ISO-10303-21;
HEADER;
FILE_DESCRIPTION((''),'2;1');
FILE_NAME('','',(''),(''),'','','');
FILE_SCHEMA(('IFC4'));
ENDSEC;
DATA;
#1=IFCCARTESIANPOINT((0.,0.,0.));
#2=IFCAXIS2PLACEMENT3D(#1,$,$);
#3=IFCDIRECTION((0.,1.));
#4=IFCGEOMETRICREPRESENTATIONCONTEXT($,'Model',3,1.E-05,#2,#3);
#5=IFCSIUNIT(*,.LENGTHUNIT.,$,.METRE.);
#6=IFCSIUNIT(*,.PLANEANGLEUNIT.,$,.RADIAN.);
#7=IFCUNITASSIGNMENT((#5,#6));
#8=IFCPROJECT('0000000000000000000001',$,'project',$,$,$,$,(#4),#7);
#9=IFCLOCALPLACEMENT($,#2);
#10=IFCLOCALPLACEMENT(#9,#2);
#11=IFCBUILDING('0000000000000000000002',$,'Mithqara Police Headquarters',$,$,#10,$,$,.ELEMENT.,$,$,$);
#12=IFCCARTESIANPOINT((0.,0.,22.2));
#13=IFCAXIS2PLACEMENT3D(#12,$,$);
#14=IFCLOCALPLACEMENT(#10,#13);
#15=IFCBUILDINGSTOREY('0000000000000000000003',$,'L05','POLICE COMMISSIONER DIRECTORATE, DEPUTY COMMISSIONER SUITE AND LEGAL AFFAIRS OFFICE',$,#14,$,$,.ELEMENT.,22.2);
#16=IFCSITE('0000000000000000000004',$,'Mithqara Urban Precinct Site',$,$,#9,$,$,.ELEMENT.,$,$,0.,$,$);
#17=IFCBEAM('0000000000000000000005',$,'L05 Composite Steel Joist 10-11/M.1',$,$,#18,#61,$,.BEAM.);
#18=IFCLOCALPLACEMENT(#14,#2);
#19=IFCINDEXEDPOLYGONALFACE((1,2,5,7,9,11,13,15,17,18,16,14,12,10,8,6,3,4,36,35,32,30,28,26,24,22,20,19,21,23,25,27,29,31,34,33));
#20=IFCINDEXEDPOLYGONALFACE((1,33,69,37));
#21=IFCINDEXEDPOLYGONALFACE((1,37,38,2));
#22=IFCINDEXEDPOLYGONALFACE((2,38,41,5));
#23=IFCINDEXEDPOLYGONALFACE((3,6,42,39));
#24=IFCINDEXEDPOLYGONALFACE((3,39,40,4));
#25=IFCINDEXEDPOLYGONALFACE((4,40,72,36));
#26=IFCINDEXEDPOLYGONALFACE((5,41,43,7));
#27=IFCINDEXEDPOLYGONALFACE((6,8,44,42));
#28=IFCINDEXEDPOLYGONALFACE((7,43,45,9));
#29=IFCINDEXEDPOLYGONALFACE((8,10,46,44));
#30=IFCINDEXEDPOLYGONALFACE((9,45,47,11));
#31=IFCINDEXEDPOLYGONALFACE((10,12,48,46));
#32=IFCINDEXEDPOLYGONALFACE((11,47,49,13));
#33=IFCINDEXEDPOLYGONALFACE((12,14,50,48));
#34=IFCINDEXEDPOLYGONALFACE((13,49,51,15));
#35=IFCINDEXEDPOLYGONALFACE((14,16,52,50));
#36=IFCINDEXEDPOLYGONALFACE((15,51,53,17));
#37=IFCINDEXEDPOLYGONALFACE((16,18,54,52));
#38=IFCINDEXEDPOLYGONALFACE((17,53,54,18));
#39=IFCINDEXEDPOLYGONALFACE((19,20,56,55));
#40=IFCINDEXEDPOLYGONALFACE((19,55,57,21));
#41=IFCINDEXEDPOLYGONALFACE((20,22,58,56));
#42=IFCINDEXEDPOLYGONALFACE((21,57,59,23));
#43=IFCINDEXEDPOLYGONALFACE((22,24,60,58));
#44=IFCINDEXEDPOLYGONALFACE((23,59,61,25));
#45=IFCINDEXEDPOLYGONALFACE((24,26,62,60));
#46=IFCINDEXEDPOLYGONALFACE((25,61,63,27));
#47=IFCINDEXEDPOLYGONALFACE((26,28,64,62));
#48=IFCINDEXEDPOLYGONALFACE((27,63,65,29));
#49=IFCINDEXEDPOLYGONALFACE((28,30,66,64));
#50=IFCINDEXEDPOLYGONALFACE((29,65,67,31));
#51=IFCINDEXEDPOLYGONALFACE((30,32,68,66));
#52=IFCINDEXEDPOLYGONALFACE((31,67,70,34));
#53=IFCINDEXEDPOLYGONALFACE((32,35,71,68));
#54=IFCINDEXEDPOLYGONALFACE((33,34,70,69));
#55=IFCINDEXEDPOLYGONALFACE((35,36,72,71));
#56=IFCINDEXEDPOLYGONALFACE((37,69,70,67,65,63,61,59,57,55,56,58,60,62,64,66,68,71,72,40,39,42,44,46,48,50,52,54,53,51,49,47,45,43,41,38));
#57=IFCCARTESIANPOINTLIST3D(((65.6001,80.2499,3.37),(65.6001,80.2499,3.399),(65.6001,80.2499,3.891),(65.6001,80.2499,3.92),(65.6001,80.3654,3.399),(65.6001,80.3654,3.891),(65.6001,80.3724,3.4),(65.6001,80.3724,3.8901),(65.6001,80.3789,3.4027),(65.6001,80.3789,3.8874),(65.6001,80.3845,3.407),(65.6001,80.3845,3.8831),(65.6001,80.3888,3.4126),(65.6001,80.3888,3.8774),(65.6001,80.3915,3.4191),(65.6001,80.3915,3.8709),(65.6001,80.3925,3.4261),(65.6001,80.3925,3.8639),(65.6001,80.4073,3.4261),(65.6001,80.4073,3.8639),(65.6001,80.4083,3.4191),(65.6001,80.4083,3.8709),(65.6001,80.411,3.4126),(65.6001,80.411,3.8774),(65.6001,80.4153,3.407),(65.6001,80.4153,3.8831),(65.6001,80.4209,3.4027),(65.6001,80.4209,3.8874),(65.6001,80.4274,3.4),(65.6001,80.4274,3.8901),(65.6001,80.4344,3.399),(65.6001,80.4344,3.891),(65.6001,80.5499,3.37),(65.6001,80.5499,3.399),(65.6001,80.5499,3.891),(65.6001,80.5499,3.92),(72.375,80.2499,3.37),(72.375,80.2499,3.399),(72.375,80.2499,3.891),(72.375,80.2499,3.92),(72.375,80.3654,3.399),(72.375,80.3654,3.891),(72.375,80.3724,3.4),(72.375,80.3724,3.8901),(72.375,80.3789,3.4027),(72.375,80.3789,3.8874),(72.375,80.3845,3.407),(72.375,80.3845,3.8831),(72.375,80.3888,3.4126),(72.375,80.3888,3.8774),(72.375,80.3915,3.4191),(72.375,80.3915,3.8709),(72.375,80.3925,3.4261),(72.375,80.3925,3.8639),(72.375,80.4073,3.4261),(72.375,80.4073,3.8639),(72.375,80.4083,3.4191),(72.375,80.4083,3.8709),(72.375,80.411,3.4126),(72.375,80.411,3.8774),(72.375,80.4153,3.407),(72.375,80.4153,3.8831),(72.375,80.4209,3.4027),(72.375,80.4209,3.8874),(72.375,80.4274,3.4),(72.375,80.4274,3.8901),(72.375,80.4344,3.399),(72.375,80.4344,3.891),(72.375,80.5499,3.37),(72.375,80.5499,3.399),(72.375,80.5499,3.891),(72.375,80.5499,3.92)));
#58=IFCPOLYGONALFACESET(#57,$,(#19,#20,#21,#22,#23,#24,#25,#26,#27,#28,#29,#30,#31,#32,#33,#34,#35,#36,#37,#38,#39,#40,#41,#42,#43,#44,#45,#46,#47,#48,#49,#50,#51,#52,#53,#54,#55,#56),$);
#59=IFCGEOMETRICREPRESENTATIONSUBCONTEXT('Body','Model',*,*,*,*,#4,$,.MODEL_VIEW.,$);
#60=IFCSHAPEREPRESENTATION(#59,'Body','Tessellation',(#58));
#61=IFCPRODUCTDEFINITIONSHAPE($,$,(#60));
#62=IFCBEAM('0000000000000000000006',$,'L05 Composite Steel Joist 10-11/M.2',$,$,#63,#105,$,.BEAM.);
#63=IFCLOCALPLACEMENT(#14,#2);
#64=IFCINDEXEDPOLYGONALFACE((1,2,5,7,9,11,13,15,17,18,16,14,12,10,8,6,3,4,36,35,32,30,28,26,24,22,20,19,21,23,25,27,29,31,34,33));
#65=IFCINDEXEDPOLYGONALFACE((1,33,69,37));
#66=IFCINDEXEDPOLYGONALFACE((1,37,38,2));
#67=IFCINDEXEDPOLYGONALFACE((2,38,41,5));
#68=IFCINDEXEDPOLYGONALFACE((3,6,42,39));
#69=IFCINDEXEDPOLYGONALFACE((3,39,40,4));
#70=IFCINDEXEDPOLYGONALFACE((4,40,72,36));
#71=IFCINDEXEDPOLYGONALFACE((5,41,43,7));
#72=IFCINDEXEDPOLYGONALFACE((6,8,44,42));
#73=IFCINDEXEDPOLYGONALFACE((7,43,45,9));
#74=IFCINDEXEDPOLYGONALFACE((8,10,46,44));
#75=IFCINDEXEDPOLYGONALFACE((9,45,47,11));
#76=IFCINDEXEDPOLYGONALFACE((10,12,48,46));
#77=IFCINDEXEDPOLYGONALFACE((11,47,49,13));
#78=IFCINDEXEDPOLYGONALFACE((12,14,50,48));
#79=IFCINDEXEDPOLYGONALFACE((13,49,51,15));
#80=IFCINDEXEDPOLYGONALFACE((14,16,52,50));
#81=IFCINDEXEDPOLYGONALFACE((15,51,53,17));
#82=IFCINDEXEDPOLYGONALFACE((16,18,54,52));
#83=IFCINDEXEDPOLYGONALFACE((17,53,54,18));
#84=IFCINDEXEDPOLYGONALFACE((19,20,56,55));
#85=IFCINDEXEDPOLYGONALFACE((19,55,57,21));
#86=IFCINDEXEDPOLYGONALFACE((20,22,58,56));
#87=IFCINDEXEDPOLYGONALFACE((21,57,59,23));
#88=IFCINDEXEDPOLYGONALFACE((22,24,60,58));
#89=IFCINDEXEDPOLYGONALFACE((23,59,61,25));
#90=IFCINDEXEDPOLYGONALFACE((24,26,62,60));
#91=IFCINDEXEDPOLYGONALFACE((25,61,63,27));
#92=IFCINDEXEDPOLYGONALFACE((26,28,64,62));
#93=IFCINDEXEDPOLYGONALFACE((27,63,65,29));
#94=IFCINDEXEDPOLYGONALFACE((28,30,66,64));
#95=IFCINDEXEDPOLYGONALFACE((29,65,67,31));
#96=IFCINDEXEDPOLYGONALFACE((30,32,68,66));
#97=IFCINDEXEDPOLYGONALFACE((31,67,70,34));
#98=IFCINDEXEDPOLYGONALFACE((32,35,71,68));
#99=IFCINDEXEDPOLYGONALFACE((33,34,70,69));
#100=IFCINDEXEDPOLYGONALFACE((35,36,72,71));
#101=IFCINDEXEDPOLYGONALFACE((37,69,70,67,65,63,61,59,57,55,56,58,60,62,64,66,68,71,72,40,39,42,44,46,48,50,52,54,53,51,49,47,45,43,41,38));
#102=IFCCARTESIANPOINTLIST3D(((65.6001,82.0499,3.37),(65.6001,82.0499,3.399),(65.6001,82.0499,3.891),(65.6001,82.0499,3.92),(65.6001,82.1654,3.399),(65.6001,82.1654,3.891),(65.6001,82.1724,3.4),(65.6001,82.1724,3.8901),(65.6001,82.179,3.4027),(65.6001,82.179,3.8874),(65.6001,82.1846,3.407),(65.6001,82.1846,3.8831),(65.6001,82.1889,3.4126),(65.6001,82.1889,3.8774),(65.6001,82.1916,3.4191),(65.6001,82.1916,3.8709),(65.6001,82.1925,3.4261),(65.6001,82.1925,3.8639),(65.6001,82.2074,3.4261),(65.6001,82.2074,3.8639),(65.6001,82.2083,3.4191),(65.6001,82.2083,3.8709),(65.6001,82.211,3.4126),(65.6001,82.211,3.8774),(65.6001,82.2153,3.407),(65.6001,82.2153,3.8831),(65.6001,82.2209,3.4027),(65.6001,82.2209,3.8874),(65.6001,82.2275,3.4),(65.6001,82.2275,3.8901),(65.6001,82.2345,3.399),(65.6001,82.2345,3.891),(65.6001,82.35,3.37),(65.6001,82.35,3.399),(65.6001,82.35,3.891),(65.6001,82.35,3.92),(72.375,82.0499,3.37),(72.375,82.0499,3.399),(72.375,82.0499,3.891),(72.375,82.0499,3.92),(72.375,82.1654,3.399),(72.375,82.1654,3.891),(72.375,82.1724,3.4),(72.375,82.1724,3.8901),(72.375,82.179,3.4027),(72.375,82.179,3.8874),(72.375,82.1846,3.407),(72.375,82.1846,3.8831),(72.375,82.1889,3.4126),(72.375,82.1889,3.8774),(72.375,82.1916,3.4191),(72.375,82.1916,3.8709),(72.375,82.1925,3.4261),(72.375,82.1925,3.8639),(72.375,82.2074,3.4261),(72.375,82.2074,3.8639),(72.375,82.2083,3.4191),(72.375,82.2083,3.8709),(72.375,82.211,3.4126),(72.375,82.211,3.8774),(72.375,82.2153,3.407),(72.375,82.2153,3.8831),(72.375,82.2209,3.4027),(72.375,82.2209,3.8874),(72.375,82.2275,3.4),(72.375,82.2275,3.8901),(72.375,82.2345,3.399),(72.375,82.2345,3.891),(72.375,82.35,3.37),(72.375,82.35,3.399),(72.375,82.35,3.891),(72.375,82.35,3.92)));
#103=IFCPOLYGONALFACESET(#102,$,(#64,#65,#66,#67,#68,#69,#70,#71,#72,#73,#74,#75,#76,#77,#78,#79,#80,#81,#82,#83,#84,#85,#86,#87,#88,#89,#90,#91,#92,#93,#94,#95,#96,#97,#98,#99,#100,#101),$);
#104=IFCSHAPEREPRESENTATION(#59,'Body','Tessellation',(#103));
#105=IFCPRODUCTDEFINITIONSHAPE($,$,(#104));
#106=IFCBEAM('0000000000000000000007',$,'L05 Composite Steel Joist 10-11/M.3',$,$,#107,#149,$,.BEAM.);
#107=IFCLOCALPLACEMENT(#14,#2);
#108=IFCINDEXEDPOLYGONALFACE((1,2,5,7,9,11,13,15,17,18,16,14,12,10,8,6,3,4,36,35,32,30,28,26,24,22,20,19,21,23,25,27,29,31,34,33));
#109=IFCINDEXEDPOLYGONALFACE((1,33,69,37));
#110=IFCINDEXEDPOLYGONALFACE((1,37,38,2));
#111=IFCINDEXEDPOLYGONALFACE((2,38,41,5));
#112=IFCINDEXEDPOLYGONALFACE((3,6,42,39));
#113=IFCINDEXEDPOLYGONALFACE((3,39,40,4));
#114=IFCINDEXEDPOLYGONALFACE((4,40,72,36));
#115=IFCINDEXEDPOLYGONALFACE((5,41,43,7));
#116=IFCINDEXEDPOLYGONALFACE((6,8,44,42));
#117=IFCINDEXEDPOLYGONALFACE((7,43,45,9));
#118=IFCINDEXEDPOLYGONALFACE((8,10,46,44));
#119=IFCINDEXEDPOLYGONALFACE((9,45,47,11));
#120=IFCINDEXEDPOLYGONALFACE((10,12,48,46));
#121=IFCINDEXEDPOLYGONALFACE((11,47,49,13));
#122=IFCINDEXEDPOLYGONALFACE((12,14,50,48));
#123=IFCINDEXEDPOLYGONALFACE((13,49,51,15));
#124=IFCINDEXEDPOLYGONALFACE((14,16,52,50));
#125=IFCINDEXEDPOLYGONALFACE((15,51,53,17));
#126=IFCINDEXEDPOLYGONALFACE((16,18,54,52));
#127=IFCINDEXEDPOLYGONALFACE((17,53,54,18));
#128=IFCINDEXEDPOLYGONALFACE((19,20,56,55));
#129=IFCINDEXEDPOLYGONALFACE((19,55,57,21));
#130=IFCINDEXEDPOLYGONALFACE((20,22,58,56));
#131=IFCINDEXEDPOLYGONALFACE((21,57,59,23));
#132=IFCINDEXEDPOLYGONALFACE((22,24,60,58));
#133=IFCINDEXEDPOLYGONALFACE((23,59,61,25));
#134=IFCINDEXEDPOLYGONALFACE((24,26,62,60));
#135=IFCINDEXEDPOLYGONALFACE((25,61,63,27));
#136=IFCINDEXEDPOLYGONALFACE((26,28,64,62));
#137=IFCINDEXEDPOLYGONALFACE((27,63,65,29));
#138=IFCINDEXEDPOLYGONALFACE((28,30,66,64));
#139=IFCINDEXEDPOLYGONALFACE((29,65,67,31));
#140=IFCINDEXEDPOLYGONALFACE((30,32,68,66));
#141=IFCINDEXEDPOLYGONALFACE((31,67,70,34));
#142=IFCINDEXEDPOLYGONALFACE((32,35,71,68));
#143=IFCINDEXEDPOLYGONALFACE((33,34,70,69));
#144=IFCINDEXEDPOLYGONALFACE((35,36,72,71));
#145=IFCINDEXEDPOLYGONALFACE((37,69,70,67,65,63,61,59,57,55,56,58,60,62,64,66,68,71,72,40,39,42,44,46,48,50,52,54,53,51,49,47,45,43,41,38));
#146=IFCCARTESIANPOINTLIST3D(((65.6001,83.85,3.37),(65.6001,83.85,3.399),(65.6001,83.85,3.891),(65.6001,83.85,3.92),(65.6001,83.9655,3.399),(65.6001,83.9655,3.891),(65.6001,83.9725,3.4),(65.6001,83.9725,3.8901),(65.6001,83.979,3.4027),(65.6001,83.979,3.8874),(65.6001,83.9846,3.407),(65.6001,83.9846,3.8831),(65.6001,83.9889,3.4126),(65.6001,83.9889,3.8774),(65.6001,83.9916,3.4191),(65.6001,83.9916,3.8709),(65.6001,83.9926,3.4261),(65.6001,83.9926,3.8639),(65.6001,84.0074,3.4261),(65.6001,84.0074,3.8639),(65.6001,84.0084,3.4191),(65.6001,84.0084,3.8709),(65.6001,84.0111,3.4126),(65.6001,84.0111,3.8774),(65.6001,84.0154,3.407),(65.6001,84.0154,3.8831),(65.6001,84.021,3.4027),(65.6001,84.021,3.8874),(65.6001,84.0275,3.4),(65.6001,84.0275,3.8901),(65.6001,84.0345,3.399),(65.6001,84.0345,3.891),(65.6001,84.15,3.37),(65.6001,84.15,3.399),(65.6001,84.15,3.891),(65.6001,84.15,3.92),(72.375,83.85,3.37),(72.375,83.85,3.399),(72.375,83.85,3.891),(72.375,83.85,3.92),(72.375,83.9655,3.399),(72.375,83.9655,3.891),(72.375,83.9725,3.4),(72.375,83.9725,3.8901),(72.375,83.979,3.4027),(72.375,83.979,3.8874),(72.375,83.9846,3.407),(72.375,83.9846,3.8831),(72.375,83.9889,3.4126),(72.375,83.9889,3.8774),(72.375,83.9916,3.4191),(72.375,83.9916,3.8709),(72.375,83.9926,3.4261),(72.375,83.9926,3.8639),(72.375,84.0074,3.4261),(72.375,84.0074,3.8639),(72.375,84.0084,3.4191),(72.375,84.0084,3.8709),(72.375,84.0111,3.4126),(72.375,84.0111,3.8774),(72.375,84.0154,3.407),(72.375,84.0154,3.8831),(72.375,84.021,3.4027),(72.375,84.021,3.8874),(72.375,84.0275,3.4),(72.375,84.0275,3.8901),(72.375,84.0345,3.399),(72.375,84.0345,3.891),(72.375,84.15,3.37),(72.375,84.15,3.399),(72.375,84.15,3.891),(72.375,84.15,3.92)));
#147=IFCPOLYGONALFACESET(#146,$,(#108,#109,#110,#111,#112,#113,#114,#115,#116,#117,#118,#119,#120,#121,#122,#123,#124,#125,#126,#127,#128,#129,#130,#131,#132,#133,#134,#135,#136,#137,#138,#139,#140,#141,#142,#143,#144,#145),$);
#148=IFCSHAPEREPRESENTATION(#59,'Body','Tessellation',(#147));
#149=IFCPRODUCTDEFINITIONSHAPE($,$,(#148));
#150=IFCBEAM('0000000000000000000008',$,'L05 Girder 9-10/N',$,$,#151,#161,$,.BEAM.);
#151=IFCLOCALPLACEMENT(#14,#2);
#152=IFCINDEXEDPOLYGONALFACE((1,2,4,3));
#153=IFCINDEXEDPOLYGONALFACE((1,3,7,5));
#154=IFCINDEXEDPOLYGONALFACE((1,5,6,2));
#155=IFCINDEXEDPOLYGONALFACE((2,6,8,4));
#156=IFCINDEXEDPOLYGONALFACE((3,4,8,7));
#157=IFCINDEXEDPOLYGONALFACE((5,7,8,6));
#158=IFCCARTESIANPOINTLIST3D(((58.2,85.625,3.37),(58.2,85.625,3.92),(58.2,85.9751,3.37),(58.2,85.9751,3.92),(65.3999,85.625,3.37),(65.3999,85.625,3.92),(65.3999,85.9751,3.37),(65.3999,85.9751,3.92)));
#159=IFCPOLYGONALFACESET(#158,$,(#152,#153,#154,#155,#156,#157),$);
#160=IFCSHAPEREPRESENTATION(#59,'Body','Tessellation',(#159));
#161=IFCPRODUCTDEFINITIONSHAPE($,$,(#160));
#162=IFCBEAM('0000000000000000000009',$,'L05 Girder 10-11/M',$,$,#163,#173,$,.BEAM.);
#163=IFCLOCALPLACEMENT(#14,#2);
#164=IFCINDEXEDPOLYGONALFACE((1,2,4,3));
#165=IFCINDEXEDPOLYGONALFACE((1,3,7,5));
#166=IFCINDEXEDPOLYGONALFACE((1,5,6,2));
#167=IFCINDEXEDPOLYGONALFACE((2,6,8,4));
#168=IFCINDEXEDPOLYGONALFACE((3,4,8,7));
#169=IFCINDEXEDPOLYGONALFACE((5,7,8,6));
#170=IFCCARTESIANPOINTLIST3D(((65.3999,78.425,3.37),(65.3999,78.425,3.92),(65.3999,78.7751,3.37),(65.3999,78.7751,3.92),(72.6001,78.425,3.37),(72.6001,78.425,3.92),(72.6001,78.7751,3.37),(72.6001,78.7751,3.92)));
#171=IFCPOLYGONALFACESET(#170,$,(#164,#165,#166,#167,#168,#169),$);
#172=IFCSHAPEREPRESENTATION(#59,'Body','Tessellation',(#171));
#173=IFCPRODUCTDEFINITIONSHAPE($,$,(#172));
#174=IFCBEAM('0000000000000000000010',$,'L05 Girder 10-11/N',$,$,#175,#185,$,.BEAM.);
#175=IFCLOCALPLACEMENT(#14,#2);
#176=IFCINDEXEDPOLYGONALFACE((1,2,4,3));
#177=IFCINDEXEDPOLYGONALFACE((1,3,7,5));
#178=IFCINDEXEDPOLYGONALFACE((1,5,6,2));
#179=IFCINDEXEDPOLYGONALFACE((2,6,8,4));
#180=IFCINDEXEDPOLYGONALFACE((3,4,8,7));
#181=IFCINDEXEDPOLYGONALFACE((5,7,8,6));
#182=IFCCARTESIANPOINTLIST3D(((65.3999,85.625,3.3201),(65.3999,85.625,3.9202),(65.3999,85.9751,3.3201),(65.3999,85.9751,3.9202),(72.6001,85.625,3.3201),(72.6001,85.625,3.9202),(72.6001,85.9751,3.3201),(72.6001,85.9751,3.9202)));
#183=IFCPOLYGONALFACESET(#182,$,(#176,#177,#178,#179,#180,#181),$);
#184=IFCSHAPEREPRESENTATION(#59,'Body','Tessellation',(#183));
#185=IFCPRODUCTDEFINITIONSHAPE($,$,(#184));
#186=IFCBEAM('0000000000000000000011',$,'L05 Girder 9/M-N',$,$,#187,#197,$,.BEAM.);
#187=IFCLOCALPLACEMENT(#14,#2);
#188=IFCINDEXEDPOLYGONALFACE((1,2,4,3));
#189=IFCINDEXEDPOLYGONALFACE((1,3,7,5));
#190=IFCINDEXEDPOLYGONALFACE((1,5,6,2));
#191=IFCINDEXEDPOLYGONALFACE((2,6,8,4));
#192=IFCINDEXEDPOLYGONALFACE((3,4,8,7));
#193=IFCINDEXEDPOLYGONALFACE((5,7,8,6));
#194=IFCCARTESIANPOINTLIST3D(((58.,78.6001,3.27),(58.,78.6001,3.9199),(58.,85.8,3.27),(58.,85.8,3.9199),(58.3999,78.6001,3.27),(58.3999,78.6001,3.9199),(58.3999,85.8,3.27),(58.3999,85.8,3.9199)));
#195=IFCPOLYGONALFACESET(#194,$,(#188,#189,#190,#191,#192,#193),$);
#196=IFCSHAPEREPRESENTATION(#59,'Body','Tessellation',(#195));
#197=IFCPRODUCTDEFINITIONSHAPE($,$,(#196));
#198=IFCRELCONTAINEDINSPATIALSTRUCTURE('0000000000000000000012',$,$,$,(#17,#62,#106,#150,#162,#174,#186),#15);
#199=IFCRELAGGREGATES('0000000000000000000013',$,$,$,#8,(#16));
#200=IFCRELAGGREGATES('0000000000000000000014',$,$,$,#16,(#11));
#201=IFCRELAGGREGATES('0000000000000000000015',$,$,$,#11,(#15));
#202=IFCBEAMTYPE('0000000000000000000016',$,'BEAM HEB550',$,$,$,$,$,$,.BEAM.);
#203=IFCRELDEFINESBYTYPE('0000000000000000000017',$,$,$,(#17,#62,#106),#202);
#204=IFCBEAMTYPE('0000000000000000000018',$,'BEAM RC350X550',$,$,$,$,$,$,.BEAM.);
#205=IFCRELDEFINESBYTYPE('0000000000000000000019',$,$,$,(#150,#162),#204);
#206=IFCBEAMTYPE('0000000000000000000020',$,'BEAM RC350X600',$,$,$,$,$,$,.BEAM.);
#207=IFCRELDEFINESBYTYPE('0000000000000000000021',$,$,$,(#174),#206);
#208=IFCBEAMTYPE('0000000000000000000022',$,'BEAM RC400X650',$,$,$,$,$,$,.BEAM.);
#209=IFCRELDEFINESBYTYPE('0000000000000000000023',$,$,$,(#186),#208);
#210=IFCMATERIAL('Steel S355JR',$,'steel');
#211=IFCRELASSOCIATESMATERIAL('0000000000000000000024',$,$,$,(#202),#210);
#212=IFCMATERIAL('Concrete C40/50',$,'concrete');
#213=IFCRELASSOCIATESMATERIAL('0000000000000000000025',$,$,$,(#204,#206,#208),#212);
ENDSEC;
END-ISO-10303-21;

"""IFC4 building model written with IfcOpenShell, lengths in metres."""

from ifc_helpers import new_model, si_unit, direction, frame, origin, origin_2d, place, context, subcontext, project, spatial, rectangle, i_section, extrude, material, material_profile, profile_set, type_object, element, save


model = new_model("IFC4")

# Units and contexts
model_context = context("Model", 3, precision=1e-05, world=origin(), true_north=direction((0.0, 1.0)))
body_context = subcontext(model_context, "Body", "Model", "MODEL_VIEW")
ifc_project = project(units=[si_unit("LENGTHUNIT", "METRE"), si_unit("PLANEANGLEUNIT", "RADIAN")], contexts=[model_context])

# Site, building, storey
site_placement = place(None, origin())
site = spatial("IfcSite", under=ifc_project, at=site_placement, Name="Mithqara Urban Precinct Site", CompositionType="ELEMENT", RefElevation=0.0)
building_placement = place(site_placement, origin())
building = spatial("IfcBuilding", under=site, at=building_placement, Name="Mithqara Police Headquarters", CompositionType="ELEMENT")
storey_placement = place(building_placement, frame((0.0, 0.0, 22.2)))
storey = spatial("IfcBuildingStorey", under=building, at=storey_placement, Name="L05", Description="POLICE COMMISSIONER DIRECTORATE, DEPUTY COMMISSIONER SUITE AND LEGAL AFFAIRS OFFICE", CompositionType="ELEMENT", Elevation=22.2)

# Beams
ifc_material_1 = material(Name="Steel S355JR", Category="steel")
ifc_material_profile_1 = material_profile(ifc_material_1, i_section(OverallWidth=0.3, OverallDepth=0.55, WebThickness=0.0149, FlangeThickness=0.0291, FilletRadius=0.0271, at=origin_2d()), Name="HEB 550")
ifc_profile_set_1 = profile_set([ifc_material_profile_1], Name="Steel S355JR")
beam_type_1 = type_object("IfcBeamType", Name="BEAM HEB550", PredefinedType="BEAM", material=ifc_profile_set_1)
for number, where, z_axis, x_axis, name in (
    (1, (65.6001, 80.3999, 3.645), (1.0, 0.0, 0.0), (0.0, 1.0, 0.0), "L05 Composite Steel Joist 10-11/M.1"),
    (2, (65.6001, 82.2, 3.645), (1.0, 0.0, 0.0), (0.0, 1.0, 0.0), "L05 Composite Steel Joist 10-11/M.2"),
    (3, (65.6001, 84.0, 3.645), (1.0, 0.0, 0.0), (0.0, 1.0, 0.0), "L05 Composite Steel Joist 10-11/M.3"),
):
    element("IfcBeam", number, at=place(storey_placement, frame(where, z_axis=z_axis, x_axis=x_axis)), inside=storey, type_object=beam_type_1, Name=name, PredefinedType="BEAM", context=body_context, shape_type="SweptSolid", body=[
        extrude(i_section(OverallWidth=0.3, OverallDepth=0.55, WebThickness=0.0149, FlangeThickness=0.0291, FilletRadius=0.0271, at=origin_2d()), origin(), (0.0, 0.0, 1.0), 6.7749),
    ])
ifc_material_2 = material(Name="Concrete C40/50", Category="concrete")
ifc_material_profile_2 = material_profile(ifc_material_2, rectangle(XDim=0.3501, YDim=0.55, at=origin_2d()), Name="RC 350x550")
ifc_profile_set_2 = profile_set([ifc_material_profile_2], Name="Concrete C40/50")
beam_type_2 = type_object("IfcBeamType", Name="BEAM RC350X550", PredefinedType="BEAM", material=ifc_profile_set_2)
beam_1_placement = place(storey_placement, frame((58.2, 85.8, 3.645), z_axis=(1.0, 0.0, 0.0), x_axis=(0.0, 1.0, 0.0)))
element("IfcBeam", 4, at=beam_1_placement, inside=storey, type_object=beam_type_2, Name="L05 Girder 9-10/N", PredefinedType="BEAM", context=body_context, shape_type="SweptSolid", body=[
    extrude(rectangle(XDim=0.3501, YDim=0.55, at=origin_2d()), origin(), (0.0, 0.0, 1.0), 7.2),
])
beam_2_placement = place(storey_placement, frame((65.3999, 78.6001, 3.645), z_axis=(1.0, 0.0, 0.0), x_axis=(0.0, 1.0, 0.0)))
element("IfcBeam", 5, at=beam_2_placement, inside=storey, type_object=beam_type_2, Name="L05 Girder 10-11/M", PredefinedType="BEAM", context=body_context, shape_type="SweptSolid", body=[
    extrude(rectangle(XDim=0.3501, YDim=0.55, at=origin_2d()), origin(), (0.0, 0.0, 1.0), 7.2002),
])
ifc_material_profile_3 = material_profile(ifc_material_2, rectangle(XDim=0.3501, YDim=0.6001, at=origin_2d()), Name="RC 350x600")
ifc_profile_set_3 = profile_set([ifc_material_profile_3], Name="Concrete C40/50")
beam_type_3 = type_object("IfcBeamType", Name="BEAM RC350X600", PredefinedType="BEAM", material=ifc_profile_set_3)
beam_3_placement = place(storey_placement, frame((65.3999, 85.8, 3.6201), z_axis=(1.0, 0.0, 0.0), x_axis=(0.0, 1.0, 0.0)))
element("IfcBeam", 6, at=beam_3_placement, inside=storey, type_object=beam_type_3, Name="L05 Girder 10-11/N", PredefinedType="BEAM", context=body_context, shape_type="SweptSolid", body=[
    extrude(rectangle(XDim=0.3501, YDim=0.6001, at=origin_2d()), origin(), (0.0, 0.0, 1.0), 7.2002),
])
ifc_material_profile_4 = material_profile(ifc_material_2, rectangle(XDim=0.3999, YDim=0.6499, at=origin_2d()), Name="RC 400x650")
ifc_profile_set_4 = profile_set([ifc_material_profile_4], Name="Concrete C40/50")
beam_type_4 = type_object("IfcBeamType", Name="BEAM RC400X650", PredefinedType="BEAM", material=ifc_profile_set_4)
beam_4_placement = place(storey_placement, frame((58.2, 78.6001, 3.595), z_axis=(0.0, 1.0, 0.0), x_axis=(-1.0, 0.0, 0.0)))
element("IfcBeam", 7, at=beam_4_placement, inside=storey, type_object=beam_type_4, Name="L05 Girder 9/M-N", PredefinedType="BEAM", context=body_context, shape_type="SweptSolid", body=[
    extrude(rectangle(XDim=0.3999, YDim=0.6499, at=origin_2d()), origin(), (0.0, 0.0, 1.0), 7.2),
])

save(model, "model.ifc")
